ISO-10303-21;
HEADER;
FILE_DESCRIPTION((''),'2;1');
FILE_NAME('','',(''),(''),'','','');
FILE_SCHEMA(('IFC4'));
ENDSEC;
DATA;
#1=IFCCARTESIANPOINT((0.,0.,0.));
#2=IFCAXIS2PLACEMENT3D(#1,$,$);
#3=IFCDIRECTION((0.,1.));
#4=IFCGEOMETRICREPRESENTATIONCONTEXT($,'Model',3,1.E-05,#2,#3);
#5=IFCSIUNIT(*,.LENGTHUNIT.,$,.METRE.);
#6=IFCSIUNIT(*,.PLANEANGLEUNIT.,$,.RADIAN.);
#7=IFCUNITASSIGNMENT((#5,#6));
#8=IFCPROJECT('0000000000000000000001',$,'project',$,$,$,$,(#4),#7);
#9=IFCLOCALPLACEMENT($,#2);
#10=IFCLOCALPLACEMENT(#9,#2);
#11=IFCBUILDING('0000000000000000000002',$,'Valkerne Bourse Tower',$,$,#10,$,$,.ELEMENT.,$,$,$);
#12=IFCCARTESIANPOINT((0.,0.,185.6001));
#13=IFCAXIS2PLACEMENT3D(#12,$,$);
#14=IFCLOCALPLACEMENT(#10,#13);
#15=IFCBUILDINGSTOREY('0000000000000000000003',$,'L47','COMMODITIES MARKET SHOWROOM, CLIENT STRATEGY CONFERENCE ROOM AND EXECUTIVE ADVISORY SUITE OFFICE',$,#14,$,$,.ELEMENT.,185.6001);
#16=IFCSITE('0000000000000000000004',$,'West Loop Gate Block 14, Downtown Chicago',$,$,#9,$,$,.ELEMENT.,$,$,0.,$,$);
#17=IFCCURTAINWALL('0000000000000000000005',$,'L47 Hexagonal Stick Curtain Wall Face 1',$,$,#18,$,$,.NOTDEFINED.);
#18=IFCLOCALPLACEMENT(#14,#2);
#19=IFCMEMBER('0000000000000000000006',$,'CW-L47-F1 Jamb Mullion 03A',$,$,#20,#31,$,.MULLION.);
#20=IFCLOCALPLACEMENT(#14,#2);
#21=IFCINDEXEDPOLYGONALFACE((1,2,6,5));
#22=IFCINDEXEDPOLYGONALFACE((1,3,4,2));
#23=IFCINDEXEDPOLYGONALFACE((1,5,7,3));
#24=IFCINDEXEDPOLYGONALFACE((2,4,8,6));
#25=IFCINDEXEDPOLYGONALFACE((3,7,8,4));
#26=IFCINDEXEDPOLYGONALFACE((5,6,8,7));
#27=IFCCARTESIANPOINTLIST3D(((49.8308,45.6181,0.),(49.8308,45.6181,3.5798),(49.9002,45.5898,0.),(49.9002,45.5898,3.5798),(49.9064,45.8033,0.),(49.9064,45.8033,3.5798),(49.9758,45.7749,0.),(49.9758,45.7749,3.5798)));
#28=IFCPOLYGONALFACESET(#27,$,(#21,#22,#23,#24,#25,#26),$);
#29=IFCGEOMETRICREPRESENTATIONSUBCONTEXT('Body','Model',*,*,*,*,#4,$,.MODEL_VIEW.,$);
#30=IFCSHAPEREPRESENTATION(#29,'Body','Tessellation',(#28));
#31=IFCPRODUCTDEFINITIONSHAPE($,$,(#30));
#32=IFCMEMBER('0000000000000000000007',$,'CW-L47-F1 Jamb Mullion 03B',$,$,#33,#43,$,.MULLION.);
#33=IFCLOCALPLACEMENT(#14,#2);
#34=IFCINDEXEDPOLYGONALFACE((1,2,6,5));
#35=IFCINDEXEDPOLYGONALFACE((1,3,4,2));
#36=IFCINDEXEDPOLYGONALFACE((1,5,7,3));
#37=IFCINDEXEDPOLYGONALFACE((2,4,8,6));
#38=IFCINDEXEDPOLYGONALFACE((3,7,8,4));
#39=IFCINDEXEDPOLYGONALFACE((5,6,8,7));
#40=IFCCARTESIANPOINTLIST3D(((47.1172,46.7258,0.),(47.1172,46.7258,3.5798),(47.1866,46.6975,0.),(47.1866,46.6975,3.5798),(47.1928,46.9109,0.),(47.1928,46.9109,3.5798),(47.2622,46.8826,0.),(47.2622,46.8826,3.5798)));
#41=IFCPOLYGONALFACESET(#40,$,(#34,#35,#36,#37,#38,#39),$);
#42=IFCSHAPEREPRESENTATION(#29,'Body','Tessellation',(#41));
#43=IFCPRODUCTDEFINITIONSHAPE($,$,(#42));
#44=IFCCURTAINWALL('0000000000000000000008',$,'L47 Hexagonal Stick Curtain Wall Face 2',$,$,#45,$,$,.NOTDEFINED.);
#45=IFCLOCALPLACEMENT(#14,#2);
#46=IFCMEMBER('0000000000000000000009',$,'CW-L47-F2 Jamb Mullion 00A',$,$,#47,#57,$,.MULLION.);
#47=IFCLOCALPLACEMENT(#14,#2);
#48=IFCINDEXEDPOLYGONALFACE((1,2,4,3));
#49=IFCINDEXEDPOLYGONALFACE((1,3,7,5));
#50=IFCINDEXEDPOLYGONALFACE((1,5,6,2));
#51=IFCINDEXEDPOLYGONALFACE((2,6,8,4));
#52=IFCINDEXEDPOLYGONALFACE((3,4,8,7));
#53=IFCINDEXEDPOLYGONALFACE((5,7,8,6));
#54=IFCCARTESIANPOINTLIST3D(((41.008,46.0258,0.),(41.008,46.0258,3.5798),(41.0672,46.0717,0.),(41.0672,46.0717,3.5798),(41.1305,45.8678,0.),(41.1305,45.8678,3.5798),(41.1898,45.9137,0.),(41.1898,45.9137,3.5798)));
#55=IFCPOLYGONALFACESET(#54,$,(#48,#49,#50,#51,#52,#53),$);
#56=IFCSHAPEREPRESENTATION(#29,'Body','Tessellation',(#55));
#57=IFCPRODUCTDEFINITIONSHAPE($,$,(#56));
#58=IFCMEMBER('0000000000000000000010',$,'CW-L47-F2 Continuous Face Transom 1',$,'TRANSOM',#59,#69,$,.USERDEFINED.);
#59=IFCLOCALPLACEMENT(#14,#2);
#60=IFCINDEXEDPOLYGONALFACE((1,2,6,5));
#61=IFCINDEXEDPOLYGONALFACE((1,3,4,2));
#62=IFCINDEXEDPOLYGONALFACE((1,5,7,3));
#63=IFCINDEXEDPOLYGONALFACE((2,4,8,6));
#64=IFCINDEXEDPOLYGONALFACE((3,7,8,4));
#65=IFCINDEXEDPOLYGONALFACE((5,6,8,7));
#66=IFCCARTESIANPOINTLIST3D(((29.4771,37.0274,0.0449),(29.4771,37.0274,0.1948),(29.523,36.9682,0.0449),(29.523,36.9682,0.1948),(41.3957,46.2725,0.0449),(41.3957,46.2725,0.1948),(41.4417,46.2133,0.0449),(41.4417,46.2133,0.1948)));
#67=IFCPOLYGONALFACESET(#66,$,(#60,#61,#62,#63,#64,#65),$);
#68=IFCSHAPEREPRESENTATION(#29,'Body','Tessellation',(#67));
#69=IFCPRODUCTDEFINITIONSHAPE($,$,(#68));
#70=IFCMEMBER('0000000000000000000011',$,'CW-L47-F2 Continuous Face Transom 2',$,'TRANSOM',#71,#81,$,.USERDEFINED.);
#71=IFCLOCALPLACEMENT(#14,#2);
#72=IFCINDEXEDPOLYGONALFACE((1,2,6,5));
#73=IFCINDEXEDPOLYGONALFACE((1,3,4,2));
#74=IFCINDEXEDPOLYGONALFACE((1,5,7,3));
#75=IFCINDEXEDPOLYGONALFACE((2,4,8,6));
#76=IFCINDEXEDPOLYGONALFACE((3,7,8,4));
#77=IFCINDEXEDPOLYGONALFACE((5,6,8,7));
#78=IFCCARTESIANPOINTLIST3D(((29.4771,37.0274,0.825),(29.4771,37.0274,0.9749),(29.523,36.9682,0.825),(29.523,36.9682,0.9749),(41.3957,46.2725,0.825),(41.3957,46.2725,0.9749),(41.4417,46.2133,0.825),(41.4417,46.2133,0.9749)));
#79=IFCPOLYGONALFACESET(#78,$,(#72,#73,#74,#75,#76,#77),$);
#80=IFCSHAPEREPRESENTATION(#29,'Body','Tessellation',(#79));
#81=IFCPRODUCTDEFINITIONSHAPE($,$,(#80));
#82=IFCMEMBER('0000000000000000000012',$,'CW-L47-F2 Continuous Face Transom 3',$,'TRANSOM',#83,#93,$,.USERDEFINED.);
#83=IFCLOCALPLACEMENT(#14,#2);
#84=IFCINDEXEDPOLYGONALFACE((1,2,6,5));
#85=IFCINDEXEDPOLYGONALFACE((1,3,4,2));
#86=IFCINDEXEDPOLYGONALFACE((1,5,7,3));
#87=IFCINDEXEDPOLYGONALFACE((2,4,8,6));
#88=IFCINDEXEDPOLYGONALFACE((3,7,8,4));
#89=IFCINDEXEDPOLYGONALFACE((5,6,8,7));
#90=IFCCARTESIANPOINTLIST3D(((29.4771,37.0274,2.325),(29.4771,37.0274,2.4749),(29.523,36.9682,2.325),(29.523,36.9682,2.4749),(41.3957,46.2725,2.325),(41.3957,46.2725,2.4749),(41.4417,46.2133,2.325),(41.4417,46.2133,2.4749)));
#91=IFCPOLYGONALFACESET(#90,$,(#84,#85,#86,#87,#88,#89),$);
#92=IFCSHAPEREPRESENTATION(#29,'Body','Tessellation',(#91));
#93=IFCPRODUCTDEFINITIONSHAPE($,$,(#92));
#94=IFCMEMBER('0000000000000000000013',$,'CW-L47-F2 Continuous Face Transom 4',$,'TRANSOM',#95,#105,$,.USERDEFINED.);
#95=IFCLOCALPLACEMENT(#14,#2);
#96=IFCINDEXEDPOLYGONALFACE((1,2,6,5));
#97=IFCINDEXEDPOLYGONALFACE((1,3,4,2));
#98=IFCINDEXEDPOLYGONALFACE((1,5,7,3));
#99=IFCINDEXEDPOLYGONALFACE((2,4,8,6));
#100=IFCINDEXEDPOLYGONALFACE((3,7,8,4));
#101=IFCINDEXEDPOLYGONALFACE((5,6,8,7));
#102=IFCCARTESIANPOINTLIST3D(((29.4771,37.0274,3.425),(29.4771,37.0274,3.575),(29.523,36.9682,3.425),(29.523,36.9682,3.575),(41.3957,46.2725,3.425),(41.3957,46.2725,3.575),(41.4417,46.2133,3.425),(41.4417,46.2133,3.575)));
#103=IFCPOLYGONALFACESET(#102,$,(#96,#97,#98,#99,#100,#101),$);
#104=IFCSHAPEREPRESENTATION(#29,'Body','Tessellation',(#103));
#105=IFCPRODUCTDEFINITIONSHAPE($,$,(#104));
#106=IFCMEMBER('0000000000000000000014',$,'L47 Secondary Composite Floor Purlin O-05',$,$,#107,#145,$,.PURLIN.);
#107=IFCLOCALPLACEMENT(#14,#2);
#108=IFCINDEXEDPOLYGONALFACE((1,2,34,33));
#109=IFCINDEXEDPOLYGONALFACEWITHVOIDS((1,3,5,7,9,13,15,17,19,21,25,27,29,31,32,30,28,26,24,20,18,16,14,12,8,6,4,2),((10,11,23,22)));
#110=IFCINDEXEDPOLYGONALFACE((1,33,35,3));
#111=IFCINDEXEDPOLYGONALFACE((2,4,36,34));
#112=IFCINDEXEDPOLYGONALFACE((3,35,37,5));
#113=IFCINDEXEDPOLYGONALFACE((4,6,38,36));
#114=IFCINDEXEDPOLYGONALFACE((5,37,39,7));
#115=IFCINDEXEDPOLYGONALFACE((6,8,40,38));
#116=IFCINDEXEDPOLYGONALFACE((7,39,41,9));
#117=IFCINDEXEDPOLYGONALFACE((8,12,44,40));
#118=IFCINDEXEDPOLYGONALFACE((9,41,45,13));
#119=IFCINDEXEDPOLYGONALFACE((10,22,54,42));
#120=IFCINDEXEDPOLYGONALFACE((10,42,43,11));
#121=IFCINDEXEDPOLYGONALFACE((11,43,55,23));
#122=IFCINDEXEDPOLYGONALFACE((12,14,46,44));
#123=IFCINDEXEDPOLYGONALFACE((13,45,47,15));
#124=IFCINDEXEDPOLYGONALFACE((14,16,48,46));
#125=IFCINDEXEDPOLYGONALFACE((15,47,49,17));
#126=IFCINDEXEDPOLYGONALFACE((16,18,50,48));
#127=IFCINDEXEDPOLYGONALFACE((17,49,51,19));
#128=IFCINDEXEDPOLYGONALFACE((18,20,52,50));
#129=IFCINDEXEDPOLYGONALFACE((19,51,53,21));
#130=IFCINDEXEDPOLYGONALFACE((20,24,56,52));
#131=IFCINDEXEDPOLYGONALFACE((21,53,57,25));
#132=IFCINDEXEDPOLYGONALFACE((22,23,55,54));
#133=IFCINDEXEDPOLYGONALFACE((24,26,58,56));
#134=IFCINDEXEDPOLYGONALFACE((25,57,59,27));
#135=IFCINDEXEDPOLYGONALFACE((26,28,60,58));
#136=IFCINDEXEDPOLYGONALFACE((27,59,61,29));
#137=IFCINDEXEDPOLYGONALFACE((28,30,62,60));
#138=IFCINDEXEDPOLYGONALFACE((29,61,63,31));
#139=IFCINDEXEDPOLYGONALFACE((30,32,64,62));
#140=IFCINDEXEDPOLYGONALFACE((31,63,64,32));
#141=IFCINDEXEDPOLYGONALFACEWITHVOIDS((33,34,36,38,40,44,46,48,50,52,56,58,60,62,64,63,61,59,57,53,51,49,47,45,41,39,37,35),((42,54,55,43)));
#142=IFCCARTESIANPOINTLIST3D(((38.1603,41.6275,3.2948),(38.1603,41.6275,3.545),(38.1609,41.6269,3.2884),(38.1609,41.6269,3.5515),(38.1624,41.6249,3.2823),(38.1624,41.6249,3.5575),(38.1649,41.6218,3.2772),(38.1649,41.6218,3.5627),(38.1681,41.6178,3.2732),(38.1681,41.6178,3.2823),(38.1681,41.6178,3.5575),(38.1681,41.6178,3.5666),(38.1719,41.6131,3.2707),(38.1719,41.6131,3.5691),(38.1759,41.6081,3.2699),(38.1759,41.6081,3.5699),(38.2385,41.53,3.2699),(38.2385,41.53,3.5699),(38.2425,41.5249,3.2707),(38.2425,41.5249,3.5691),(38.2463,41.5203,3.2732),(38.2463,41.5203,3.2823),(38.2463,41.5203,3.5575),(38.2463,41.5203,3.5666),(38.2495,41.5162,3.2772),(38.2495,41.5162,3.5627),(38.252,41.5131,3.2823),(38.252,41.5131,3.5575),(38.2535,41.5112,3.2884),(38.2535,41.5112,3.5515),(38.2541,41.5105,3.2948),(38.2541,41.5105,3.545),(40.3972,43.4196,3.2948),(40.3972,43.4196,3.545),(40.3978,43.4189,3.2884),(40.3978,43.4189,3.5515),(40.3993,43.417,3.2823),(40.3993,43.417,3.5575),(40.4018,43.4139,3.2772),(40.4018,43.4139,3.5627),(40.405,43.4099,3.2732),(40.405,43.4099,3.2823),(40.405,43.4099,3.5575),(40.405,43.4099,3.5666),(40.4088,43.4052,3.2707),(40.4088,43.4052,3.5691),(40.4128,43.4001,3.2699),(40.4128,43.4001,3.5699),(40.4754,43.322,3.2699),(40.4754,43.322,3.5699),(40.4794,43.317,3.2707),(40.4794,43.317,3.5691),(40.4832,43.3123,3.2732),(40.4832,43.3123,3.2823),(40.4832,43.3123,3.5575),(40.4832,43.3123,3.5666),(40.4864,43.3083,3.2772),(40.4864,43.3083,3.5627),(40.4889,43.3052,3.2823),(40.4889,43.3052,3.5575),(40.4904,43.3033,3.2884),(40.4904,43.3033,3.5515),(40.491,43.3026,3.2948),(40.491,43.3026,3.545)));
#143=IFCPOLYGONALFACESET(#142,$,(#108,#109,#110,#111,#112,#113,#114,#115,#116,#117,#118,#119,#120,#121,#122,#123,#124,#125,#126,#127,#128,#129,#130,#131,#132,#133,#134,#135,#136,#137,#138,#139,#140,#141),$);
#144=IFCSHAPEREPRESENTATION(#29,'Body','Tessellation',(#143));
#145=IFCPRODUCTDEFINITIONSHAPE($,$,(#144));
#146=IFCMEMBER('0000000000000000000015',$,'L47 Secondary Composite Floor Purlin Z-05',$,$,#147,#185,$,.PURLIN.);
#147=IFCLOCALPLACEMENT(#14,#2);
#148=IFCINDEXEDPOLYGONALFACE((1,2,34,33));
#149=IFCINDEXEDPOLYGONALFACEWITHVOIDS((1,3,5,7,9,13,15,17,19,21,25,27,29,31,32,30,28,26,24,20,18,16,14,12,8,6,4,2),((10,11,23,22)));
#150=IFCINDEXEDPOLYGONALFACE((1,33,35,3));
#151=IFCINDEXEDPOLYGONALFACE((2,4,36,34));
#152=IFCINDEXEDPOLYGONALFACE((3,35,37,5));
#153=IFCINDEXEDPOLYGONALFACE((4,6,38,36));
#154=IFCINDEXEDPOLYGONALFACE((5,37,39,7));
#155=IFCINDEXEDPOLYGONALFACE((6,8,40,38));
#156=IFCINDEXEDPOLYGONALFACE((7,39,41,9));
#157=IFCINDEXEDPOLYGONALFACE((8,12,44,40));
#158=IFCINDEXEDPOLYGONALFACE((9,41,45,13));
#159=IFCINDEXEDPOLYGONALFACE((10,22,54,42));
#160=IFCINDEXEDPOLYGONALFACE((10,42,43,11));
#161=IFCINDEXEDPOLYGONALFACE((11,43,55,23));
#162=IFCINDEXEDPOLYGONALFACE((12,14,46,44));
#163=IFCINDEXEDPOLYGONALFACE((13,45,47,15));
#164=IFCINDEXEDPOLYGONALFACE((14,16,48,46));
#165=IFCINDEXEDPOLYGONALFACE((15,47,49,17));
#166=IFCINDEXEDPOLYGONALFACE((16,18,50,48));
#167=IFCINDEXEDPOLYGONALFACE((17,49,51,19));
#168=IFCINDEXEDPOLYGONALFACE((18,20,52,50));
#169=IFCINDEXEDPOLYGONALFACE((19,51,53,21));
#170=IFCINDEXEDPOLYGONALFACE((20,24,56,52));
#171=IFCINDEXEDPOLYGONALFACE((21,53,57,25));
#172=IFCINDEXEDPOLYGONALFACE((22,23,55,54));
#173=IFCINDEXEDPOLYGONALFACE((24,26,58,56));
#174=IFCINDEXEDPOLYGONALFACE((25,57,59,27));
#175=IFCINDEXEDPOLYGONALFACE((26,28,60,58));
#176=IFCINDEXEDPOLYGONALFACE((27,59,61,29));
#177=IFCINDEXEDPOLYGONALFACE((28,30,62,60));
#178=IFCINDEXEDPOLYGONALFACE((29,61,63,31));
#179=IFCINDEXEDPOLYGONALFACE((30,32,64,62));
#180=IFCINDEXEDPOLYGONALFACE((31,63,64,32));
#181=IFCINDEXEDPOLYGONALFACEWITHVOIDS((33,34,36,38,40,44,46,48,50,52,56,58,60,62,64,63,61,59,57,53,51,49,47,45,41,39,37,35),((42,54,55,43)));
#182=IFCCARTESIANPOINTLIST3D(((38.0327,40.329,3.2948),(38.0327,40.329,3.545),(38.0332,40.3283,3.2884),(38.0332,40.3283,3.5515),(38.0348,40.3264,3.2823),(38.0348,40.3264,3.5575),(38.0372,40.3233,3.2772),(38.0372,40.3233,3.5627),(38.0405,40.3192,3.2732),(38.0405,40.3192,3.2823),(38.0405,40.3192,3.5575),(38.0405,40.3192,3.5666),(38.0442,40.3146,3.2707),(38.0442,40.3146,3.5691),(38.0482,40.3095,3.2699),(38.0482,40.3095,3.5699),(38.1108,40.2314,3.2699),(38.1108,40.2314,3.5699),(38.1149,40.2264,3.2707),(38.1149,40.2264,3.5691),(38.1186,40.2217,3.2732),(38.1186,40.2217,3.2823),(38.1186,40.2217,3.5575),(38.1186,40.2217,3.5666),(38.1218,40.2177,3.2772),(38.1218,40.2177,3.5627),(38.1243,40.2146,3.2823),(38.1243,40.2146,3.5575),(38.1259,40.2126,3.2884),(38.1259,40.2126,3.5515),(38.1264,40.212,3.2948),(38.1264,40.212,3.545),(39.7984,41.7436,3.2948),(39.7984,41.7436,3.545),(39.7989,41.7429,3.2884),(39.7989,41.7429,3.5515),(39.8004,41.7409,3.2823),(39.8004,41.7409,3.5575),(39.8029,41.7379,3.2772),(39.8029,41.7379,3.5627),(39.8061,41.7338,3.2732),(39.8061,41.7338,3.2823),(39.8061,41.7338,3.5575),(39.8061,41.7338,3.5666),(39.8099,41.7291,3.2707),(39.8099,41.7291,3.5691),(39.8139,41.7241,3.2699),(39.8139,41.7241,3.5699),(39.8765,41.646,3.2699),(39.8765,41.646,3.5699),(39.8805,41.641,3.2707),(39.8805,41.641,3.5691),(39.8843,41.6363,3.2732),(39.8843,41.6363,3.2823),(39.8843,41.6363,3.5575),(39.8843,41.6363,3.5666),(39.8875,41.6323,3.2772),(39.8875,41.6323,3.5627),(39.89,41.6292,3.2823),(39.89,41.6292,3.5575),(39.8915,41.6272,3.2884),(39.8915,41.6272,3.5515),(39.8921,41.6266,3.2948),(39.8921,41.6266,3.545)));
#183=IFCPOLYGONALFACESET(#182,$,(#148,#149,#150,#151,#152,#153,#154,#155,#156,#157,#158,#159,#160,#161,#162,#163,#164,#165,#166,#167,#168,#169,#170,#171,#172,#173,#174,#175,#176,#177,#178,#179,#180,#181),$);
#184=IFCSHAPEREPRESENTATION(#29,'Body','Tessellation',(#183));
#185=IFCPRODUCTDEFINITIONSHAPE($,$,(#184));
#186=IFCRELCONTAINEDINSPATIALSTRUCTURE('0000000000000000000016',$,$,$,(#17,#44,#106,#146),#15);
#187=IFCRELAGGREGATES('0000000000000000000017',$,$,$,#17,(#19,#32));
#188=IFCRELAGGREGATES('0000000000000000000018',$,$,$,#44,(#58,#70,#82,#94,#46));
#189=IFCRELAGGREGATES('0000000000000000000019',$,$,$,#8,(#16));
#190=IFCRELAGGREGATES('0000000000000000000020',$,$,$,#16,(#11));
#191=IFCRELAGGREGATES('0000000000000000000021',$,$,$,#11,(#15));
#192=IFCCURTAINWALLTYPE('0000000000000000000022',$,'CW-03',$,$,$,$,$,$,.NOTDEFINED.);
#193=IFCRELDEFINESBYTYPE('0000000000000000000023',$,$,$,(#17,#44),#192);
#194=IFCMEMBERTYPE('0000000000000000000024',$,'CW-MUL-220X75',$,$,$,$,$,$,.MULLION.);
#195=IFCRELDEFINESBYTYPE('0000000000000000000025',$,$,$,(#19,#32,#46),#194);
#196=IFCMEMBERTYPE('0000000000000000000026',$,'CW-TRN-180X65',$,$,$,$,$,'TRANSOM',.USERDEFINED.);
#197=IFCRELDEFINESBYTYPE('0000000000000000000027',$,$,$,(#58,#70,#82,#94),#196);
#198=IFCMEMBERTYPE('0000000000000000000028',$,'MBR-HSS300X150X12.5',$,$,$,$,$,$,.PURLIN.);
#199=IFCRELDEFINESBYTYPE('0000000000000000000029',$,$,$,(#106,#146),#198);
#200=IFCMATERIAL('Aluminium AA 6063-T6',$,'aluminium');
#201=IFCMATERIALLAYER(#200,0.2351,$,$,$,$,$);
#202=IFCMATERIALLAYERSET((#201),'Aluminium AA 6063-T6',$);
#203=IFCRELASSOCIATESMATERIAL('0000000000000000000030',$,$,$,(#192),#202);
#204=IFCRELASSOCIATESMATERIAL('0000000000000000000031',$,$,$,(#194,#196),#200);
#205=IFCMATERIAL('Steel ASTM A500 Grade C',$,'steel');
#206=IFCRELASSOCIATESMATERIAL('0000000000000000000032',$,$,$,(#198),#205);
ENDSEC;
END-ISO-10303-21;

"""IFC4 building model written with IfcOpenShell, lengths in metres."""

from ifc_helpers import new_model, si_unit, direction, frame, origin, origin_2d, place, context, subcontext, project, spatial, rectangle, hollow_rectangle, extrude, material, layer, layer_set, material_profile, profile_set, type_object, element, aggregate, save


model = new_model("IFC4")

# Units and contexts
model_context = context("Model", 3, precision=1e-05, world=origin(), true_north=direction((0.0, 1.0)))
body_context = subcontext(model_context, "Body", "Model", "MODEL_VIEW")
ifc_project = project(units=[si_unit("LENGTHUNIT", "METRE"), si_unit("PLANEANGLEUNIT", "RADIAN")], contexts=[model_context])

# Site, building, storey
site_placement = place(None, origin())
site = spatial("IfcSite", under=ifc_project, at=site_placement, Name="West Loop Gate Block 14, Downtown Chicago", CompositionType="ELEMENT", RefElevation=0.0)
building_placement = place(site_placement, origin())
building = spatial("IfcBuilding", under=site, at=building_placement, Name="Valkerne Bourse Tower", CompositionType="ELEMENT")
storey_placement = place(building_placement, frame((0.0, 0.0, 185.6001)))
storey = spatial("IfcBuildingStorey", under=building, at=storey_placement, Name="L47", Description="COMMODITIES MARKET SHOWROOM, CLIENT STRATEGY CONFERENCE ROOM AND EXECUTIVE ADVISORY SUITE OFFICE", CompositionType="ELEMENT", Elevation=185.6001)

# Curtain walls, members
ifc_material_1 = material(Name="Aluminium AA 6063-T6", Category="aluminium")
ifc_layer_1 = layer(ifc_material_1, 0.2351)
ifc_layer_set_1 = layer_set([ifc_layer_1], Name="Aluminium AA 6063-T6")
curtain_wall_type = type_object("IfcCurtainWallType", Name="CW-03", PredefinedType="NOTDEFINED", material=ifc_layer_set_1)
curtain_wall_1_placement = place(storey_placement, origin())
curtain_wall_1 = element("IfcCurtainWall", 1, at=curtain_wall_1_placement, inside=storey, type_object=curtain_wall_type, Name="L47 Hexagonal Stick Curtain Wall Face 1", PredefinedType="NOTDEFINED")
ifc_material_profile_1 = material_profile(ifc_material_1, rectangle(XDim=0.075, YDim=0.2, at=origin_2d()), Name="CWM-75X200")
ifc_profile_set_1 = profile_set([ifc_material_profile_1], Name="Aluminium AA 6063-T6")
member_type_1 = type_object("IfcMemberType", Name="CW-MUL-220X75", PredefinedType="MULLION", material=ifc_profile_set_1)
member_1_placement = place(storey_placement, frame((49.9033, 45.6965, 0.0), z_axis=(0.0, 0.0, 1.0), x_axis=(-0.925866, 0.377851, 0.0)))
member_1 = element("IfcMember", 2, at=member_1_placement, type_object=member_type_1, Name="CW-L47-F1 Jamb Mullion 03A", PredefinedType="MULLION", context=body_context, shape_type="SweptSolid", body=[
    extrude(rectangle(XDim=0.075, YDim=0.2, at=origin_2d()), origin(), (0.0, 0.0, 1.0), 3.5798),
])
member_2_placement = place(storey_placement, frame((47.1897, 46.8042, 0.0), z_axis=(0.0, 0.0, 1.0), x_axis=(-0.925866, 0.377851, 0.0)))
member_2 = element("IfcMember", 3, at=member_2_placement, type_object=member_type_1, Name="CW-L47-F1 Jamb Mullion 03B", PredefinedType="MULLION", context=body_context, shape_type="SweptSolid", body=[
    extrude(rectangle(XDim=0.075, YDim=0.2, at=origin_2d()), origin(), (0.0, 0.0, 1.0), 3.5798),
])
curtain_wall_2_placement = place(storey_placement, origin())
curtain_wall_2 = element("IfcCurtainWall", 4, at=curtain_wall_2_placement, inside=storey, type_object=curtain_wall_type, Name="L47 Hexagonal Stick Curtain Wall Face 2", PredefinedType="NOTDEFINED")
member_3_placement = place(storey_placement, frame((41.0989, 45.9697, 0.0), z_axis=(0.0, 0.0, 1.0), x_axis=(-0.790144, -0.612921, 0.0)))
member_3 = element("IfcMember", 5, at=member_3_placement, type_object=member_type_1, Name="CW-L47-F2 Jamb Mullion 00A", PredefinedType="MULLION", context=body_context, shape_type="SweptSolid", body=[
    extrude(rectangle(XDim=0.075, YDim=0.2, at=origin_2d()), origin(), (0.0, 0.0, 1.0), 3.5798),
])
ifc_material_profile_2 = material_profile(ifc_material_1, rectangle(XDim=0.075, YDim=0.1499, at=origin_2d()), Name="CWT-75X150")
ifc_profile_set_2 = profile_set([ifc_material_profile_2], Name="Aluminium AA 6063-T6")
member_type_2 = type_object("IfcMemberType", Name="CW-TRN-180X65", ElementType="TRANSOM", PredefinedType="USERDEFINED", material=ifc_profile_set_2)
member_4_placement = place(storey_placement, frame((41.4187, 46.2429, 0.1199), z_axis=(-0.790154, -0.612908, 0.0), x_axis=(0.612908, -0.790154, 0.0)))
member_4 = element("IfcMember", 6, at=member_4_placement, type_object=member_type_2, Name="CW-L47-F2 Continuous Face Transom 1", ObjectType="TRANSOM", PredefinedType="USERDEFINED", context=body_context, shape_type="SweptSolid", body=[
    extrude(rectangle(XDim=0.075, YDim=0.1499, at=origin_2d()), origin(), (0.0, 0.0, 1.0), 15.084),
])
member_5_placement = place(storey_placement, frame((41.4187, 46.2429, 0.8999), z_axis=(-0.790154, -0.612908, 0.0), x_axis=(0.612908, -0.790154, 0.0)))
member_5 = element("IfcMember", 7, at=member_5_placement, type_object=member_type_2, Name="CW-L47-F2 Continuous Face Transom 2", ObjectType="TRANSOM", PredefinedType="USERDEFINED", context=body_context, shape_type="SweptSolid", body=[
    extrude(rectangle(XDim=0.075, YDim=0.1499, at=origin_2d()), origin(), (0.0, 0.0, 1.0), 15.084),
])
member_6_placement = place(storey_placement, frame((41.4187, 46.2429, 2.3999), z_axis=(-0.790154, -0.612908, 0.0), x_axis=(0.612908, -0.790154, 0.0)))
member_6 = element("IfcMember", 8, at=member_6_placement, type_object=member_type_2, Name="CW-L47-F2 Continuous Face Transom 3", ObjectType="TRANSOM", PredefinedType="USERDEFINED", context=body_context, shape_type="SweptSolid", body=[
    extrude(rectangle(XDim=0.075, YDim=0.1499, at=origin_2d()), origin(), (0.0, 0.0, 1.0), 15.084),
])
member_7_placement = place(storey_placement, frame((41.4187, 46.2429, 3.5), z_axis=(-0.790154, -0.612908, 0.0), x_axis=(0.612908, -0.790154, 0.0)))
member_7 = element("IfcMember", 9, at=member_7_placement, type_object=member_type_2, Name="CW-L47-F2 Continuous Face Transom 4", ObjectType="TRANSOM", PredefinedType="USERDEFINED", context=body_context, shape_type="SweptSolid", body=[
    extrude(rectangle(XDim=0.075, YDim=0.1499, at=origin_2d()), origin(), (0.0, 0.0, 1.0), 15.084),
])

# Members
ifc_material_2 = material(Name="Steel ASTM A500 Grade C", Category="steel")
ifc_material_profile_3 = material_profile(ifc_material_2, hollow_rectangle(XDim=0.1499, YDim=0.3, WallThickness=0.0125, OuterFilletRadius=0.0249, at=origin_2d()), Name="HSS300X150X12.5")
ifc_profile_set_3 = profile_set([ifc_material_profile_3], Name="Steel ASTM A500 Grade C")
member_type_3 = type_object("IfcMemberType", Name="MBR-HSS300X150X12.5", PredefinedType="PURLIN", material=ifc_profile_set_3)
member_8_placement = place(storey_placement, frame((40.4441, 43.3611, 3.4199), z_axis=(-0.780436, -0.625235, 0.0), x_axis=(0.625235, -0.780436, 0.0)))
element("IfcMember", 10, at=member_8_placement, inside=storey, type_object=member_type_3, Name="L47 Secondary Composite Floor Purlin O-05", PredefinedType="PURLIN", context=body_context, shape_type="SweptSolid", body=[
    extrude(hollow_rectangle(XDim=0.1499, YDim=0.3, WallThickness=0.0125, OuterFilletRadius=0.0249, at=origin_2d()), origin(), (0.0, 0.0, 1.0), 2.8662),
])
member_9_placement = place(storey_placement, frame((39.8452, 41.6851, 3.4199), z_axis=(-0.780426, -0.625248, 0.0), x_axis=(0.625248, -0.780426, 0.0)))
element("IfcMember", 11, at=member_9_placement, inside=storey, type_object=member_type_3, Name="L47 Secondary Composite Floor Purlin Z-05", PredefinedType="PURLIN", context=body_context, shape_type="SweptSolid", body=[
    extrude(hollow_rectangle(XDim=0.1499, YDim=0.3, WallThickness=0.0125, OuterFilletRadius=0.0249, at=origin_2d()), origin(), (0.0, 0.0, 1.0), 2.2625),
])

aggregate(curtain_wall_1, [member_1, member_2])
aggregate(curtain_wall_2, [member_4, member_5, member_6, member_7, member_3])

save(model, "model.ifc")
